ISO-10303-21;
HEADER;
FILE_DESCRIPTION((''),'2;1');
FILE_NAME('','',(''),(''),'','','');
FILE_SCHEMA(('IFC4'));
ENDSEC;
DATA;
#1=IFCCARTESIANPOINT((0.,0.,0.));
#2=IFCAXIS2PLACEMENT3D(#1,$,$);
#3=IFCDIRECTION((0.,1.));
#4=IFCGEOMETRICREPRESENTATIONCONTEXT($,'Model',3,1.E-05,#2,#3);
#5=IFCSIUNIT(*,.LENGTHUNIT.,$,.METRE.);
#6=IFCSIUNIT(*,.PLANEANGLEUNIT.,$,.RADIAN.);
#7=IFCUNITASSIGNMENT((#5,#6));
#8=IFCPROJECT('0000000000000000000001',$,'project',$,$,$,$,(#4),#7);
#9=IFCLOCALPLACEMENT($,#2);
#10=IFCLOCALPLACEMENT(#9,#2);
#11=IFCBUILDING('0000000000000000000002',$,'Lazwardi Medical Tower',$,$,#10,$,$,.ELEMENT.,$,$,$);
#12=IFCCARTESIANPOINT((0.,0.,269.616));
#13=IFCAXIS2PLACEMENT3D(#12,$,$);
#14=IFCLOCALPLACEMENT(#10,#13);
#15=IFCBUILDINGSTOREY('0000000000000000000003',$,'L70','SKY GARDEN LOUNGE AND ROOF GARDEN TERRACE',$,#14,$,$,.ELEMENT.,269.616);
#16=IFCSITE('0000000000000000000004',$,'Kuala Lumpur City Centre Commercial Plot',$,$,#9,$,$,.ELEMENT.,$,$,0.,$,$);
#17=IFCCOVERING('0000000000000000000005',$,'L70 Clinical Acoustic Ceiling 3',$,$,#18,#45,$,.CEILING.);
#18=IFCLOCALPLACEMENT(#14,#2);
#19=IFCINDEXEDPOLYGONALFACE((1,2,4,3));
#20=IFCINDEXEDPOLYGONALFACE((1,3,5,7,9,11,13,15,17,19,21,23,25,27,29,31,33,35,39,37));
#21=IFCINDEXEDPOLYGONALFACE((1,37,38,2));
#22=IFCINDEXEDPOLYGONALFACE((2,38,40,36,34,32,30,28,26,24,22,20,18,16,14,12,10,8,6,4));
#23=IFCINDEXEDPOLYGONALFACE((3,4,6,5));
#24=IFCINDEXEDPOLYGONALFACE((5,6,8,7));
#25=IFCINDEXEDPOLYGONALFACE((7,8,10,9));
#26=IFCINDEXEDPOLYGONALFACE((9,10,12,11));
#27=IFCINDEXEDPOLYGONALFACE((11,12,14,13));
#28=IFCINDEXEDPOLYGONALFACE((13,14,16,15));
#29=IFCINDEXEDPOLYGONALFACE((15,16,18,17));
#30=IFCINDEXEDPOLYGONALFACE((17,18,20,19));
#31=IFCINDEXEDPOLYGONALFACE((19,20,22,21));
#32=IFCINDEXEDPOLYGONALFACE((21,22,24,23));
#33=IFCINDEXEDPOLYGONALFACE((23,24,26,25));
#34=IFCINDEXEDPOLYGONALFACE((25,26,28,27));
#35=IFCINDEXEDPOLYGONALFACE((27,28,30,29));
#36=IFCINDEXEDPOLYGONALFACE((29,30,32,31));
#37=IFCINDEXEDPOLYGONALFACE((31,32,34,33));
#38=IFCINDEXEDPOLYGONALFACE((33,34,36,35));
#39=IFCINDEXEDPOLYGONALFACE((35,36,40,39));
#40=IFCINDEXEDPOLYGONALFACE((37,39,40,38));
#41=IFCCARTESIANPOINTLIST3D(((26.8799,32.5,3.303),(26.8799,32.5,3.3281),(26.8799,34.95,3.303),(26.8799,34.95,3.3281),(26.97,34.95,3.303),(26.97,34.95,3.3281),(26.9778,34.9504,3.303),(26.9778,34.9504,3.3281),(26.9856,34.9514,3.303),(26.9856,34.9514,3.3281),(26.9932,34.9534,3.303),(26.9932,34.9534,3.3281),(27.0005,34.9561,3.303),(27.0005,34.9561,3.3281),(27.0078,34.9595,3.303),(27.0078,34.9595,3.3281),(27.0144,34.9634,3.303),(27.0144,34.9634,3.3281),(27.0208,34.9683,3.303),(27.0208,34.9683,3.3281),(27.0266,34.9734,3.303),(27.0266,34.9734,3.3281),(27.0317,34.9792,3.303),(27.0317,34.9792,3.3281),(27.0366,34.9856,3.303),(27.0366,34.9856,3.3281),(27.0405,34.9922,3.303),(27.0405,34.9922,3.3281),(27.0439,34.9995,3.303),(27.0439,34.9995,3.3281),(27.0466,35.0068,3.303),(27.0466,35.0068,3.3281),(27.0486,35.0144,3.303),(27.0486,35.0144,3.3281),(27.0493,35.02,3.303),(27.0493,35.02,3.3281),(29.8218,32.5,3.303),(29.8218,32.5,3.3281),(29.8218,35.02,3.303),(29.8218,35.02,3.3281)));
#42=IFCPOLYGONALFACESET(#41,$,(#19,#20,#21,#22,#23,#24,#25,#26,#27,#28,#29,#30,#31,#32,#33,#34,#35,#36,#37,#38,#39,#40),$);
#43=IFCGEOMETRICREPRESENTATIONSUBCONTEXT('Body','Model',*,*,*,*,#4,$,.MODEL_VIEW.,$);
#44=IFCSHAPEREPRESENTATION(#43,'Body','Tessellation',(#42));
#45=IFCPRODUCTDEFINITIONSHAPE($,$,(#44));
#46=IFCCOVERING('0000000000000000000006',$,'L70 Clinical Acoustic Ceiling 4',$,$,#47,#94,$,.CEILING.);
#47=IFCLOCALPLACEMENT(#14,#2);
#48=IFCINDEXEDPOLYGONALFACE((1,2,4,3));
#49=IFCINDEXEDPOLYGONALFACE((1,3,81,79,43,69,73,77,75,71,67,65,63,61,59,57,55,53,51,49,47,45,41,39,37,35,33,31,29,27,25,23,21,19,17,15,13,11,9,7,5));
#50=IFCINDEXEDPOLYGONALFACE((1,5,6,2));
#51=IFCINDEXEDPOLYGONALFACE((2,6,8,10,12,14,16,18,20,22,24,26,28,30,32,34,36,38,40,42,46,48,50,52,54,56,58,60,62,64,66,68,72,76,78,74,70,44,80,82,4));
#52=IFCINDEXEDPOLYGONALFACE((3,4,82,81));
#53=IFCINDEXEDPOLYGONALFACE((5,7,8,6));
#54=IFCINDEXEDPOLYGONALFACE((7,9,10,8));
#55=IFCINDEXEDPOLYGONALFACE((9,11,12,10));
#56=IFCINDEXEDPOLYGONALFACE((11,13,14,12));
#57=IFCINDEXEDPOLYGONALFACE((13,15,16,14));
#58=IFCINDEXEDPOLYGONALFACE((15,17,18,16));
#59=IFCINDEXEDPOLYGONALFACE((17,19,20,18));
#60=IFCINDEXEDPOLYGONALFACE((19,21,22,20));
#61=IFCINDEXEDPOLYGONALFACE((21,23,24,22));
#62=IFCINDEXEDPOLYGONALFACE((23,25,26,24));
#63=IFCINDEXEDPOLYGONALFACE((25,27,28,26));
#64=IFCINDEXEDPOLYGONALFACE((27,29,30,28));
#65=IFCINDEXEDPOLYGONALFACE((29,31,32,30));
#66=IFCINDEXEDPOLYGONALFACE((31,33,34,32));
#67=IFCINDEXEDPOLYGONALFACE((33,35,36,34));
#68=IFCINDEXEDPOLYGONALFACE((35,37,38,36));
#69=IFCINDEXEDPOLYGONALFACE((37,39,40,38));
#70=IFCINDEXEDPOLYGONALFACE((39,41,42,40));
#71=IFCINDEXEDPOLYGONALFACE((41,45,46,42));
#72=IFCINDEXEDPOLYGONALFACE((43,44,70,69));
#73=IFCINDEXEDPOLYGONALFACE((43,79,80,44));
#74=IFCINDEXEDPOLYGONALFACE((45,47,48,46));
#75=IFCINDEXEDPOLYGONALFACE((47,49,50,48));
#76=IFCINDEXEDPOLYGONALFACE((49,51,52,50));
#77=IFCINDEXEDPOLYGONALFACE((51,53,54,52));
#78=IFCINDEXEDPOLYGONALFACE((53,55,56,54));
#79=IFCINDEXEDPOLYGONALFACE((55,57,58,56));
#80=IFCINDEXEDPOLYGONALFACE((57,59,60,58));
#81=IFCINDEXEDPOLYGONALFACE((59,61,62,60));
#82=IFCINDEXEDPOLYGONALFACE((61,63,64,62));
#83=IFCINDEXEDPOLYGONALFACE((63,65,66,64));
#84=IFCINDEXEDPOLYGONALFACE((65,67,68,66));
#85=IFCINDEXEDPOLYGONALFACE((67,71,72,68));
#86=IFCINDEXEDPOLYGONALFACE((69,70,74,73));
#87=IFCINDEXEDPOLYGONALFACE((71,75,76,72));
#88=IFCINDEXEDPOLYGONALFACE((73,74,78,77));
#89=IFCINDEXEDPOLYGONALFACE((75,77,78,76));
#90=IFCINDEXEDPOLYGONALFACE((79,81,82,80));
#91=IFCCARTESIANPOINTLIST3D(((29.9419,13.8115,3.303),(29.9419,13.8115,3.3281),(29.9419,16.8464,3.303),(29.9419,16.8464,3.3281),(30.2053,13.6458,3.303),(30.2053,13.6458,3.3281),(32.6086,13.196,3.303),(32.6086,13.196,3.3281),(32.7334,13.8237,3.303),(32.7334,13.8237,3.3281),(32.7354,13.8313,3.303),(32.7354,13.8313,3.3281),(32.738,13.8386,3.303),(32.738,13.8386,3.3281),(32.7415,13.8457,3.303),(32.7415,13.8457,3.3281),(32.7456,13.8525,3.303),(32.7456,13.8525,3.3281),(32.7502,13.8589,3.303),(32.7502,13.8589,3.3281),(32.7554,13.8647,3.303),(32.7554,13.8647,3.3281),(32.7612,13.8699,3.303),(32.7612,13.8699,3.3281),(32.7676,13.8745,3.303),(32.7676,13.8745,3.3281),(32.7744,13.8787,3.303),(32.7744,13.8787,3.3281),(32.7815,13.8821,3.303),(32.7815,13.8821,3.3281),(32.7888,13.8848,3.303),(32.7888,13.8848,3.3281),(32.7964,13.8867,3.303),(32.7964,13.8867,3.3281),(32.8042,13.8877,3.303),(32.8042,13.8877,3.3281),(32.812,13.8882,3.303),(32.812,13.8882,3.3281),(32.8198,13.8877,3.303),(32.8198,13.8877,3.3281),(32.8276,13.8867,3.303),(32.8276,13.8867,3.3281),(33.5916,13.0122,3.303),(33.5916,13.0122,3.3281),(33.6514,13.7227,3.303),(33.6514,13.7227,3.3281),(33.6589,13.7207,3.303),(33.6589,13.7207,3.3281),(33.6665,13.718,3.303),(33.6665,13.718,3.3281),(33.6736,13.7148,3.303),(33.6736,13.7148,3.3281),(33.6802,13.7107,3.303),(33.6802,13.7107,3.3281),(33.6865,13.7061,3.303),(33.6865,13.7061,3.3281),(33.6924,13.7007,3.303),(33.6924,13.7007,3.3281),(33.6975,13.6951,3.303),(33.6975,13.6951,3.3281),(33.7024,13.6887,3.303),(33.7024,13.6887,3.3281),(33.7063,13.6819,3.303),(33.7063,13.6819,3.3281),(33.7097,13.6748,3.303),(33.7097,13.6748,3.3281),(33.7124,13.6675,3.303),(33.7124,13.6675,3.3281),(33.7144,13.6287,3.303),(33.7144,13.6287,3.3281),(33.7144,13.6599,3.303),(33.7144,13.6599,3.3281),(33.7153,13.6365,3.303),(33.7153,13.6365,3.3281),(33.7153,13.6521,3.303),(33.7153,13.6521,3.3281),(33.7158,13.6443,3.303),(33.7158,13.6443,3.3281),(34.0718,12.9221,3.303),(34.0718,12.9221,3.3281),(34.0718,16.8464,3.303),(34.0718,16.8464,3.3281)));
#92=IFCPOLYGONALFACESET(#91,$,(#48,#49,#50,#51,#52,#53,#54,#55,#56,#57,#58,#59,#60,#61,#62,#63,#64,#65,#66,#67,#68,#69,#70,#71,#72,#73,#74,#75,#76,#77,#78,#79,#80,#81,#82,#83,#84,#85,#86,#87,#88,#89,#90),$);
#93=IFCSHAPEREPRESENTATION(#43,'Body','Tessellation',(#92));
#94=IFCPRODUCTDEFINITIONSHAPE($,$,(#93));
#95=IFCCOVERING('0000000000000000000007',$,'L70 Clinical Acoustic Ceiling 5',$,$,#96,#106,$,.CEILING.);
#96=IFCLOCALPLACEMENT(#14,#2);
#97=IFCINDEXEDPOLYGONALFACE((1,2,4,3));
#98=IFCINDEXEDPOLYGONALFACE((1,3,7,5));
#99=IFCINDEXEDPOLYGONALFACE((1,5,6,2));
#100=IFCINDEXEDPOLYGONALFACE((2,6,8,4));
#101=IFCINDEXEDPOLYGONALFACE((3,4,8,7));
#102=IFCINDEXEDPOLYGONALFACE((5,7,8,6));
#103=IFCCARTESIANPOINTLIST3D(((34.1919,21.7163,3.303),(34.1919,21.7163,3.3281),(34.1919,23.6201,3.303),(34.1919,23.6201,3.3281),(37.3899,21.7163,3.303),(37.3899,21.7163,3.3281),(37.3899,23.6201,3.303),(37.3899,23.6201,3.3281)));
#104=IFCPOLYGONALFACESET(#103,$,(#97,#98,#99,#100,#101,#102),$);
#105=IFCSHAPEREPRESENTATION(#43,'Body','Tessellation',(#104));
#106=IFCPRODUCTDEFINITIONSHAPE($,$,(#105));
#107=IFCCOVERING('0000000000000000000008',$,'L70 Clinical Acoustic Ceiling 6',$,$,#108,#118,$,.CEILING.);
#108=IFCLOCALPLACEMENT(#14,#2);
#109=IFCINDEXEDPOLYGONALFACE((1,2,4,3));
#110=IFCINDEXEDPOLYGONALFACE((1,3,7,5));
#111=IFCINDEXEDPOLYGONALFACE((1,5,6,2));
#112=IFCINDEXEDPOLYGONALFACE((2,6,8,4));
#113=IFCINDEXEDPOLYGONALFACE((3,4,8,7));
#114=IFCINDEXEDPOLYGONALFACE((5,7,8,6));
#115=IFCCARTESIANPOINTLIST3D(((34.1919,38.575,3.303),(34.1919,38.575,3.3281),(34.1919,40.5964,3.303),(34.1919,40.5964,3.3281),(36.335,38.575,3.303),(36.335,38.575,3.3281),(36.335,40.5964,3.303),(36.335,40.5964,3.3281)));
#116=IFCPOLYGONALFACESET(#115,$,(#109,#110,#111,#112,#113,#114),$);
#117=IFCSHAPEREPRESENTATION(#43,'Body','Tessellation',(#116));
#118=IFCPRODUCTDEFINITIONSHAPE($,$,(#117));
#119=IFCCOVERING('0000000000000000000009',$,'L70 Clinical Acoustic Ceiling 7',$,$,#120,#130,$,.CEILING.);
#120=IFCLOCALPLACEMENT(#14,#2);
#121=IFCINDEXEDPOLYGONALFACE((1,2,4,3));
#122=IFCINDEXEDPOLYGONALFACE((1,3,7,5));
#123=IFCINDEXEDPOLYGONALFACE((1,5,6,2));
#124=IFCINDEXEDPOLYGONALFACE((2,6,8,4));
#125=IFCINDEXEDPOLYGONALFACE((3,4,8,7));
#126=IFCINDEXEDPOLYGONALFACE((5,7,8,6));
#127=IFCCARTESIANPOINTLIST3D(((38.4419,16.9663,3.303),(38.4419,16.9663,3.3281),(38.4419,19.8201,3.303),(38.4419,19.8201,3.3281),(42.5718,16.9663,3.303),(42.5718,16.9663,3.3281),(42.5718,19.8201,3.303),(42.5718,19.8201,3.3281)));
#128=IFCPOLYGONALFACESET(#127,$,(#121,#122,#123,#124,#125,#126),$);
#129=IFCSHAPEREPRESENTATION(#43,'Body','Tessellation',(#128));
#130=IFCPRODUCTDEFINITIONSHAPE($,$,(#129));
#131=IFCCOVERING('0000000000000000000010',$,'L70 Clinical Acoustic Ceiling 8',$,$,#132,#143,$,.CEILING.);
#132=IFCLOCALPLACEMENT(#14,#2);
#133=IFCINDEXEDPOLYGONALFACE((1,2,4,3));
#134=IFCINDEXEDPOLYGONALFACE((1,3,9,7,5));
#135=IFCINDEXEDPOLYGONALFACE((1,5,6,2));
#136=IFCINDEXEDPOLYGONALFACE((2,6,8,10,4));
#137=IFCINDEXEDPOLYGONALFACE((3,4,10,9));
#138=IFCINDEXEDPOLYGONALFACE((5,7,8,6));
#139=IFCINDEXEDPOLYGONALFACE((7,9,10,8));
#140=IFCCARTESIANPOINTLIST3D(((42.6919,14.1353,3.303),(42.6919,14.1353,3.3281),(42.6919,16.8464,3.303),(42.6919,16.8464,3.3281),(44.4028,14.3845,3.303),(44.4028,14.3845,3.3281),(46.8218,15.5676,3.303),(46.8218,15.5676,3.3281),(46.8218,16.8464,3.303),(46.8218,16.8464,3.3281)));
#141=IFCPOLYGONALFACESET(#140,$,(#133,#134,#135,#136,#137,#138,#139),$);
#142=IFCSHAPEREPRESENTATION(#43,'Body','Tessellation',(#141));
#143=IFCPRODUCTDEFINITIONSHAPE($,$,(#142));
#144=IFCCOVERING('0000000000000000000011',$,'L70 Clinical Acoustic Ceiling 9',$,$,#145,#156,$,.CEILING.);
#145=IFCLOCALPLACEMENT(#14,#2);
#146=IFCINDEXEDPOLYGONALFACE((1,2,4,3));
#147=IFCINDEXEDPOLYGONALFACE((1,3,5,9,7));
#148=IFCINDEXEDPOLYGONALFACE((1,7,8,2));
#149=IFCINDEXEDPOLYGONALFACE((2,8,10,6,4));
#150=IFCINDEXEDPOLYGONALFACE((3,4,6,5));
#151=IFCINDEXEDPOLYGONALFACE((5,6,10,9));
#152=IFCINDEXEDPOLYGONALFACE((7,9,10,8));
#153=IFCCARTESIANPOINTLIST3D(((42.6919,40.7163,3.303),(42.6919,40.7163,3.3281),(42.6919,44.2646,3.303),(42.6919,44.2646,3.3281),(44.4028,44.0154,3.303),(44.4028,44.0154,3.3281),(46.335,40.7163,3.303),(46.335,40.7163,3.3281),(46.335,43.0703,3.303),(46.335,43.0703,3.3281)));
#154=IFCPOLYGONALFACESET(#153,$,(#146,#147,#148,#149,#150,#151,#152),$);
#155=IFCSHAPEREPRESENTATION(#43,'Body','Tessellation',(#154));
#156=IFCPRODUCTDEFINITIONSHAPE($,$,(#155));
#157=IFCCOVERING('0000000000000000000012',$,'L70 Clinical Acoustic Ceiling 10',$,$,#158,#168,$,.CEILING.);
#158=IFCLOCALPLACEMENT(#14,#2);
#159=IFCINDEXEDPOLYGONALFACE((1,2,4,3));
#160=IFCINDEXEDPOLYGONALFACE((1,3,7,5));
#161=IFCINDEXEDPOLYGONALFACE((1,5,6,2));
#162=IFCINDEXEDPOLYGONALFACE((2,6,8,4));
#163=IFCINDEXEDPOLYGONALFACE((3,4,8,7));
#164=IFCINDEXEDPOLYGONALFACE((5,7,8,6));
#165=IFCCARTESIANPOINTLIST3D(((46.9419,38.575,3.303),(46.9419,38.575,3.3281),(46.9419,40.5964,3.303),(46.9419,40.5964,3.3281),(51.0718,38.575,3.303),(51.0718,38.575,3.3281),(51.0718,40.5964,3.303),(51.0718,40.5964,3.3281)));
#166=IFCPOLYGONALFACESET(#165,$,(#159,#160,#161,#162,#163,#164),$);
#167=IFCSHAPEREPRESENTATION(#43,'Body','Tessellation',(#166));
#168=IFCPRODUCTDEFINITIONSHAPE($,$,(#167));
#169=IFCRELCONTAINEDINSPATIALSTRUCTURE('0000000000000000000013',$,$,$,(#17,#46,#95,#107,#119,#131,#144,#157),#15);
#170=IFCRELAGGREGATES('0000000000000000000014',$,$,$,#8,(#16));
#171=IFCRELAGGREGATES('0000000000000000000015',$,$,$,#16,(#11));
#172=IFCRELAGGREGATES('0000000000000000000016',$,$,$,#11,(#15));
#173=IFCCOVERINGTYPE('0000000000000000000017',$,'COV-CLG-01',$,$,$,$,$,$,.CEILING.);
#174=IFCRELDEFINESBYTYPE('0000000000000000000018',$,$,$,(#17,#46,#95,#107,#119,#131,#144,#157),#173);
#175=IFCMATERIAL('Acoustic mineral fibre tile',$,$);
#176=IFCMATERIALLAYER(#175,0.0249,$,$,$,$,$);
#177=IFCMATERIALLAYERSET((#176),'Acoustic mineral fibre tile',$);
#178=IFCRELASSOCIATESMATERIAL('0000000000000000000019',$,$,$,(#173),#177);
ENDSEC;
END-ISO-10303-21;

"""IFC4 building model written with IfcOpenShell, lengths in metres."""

from ifc_helpers import new_model, si_unit, direction, frame, origin, place, context, subcontext, project, spatial, polyline, outline, extrude, material, layer, layer_set, type_object, element, save


model = new_model("IFC4")

# Units and contexts
model_context = context("Model", 3, precision=1e-05, world=origin(), true_north=direction((0.0, 1.0)))
body_context = subcontext(model_context, "Body", "Model", "MODEL_VIEW")
ifc_project = project(units=[si_unit("LENGTHUNIT", "METRE"), si_unit("PLANEANGLEUNIT", "RADIAN")], contexts=[model_context])

# Site, building, storey
site_placement = place(None, origin())
site = spatial("IfcSite", under=ifc_project, at=site_placement, Name="Kuala Lumpur City Centre Commercial Plot", CompositionType="ELEMENT", RefElevation=0.0)
building_placement = place(site_placement, origin())
building = spatial("IfcBuilding", under=site, at=building_placement, Name="Lazwardi Medical Tower", CompositionType="ELEMENT")
storey_placement = place(building_placement, frame((0.0, 0.0, 269.616)))
storey = spatial("IfcBuildingStorey", under=building, at=storey_placement, Name="L70", Description="SKY GARDEN LOUNGE AND ROOF GARDEN TERRACE", CompositionType="ELEMENT", Elevation=269.616)

# Coverings
ifc_material_1 = material(Name="Acoustic mineral fibre tile")
ifc_layer_1 = layer(ifc_material_1, 0.0249)
ifc_layer_set_1 = layer_set([ifc_layer_1], Name="Acoustic mineral fibre tile")
covering_type_1 = type_object("IfcCoveringType", Name="COV-CLG-01", PredefinedType="CEILING", material=ifc_layer_set_1)
covering_1_placement = place(storey_placement, frame((0.0, 0.0, 3.303)))
element("IfcCovering", 1, at=covering_1_placement, inside=storey, type_object=covering_type_1, Name="L70 Clinical Acoustic Ceiling 3", PredefinedType="CEILING", context=body_context, shape_type="SweptSolid", body=[
    extrude(outline(polyline([(29.8218, 35.02), (27.0493, 35.02), (27.0486, 35.0144), (27.0466, 35.0068), (27.0439, 34.9995), (27.0405, 34.9922), (27.0366, 34.9856), (27.0317, 34.9792), (27.0266, 34.9734), (27.0208, 34.9683), (27.0144, 34.9634), (27.0078, 34.9595), (27.0005, 34.9561), (26.9932, 34.9534), (26.9856, 34.9514), (26.9778, 34.9504), (26.97, 34.95), (26.8799, 34.95), (26.8799, 32.5), (29.8218, 32.5), (29.8218, 35.02)])), origin(), (0.0, 0.0, 1.0), 0.0251),
])
covering_2_placement = place(storey_placement, frame((0.0, 0.0, 3.303)))
element("IfcCovering", 2, at=covering_2_placement, inside=storey, type_object=covering_type_1, Name="L70 Clinical Acoustic Ceiling 4", PredefinedType="CEILING", context=body_context, shape_type="SweptSolid", body=[
    extrude(outline(polyline([(29.9419, 13.8115), (30.2053, 13.6458), (32.6086, 13.196), (32.7334, 13.8237), (32.7354, 13.8313), (32.738, 13.8386), (32.7415, 13.8457), (32.7456, 13.8525), (32.7502, 13.8589), (32.7554, 13.8647), (32.7612, 13.8699), (32.7676, 13.8745), (32.7744, 13.8787), (32.7815, 13.8821), (32.7888, 13.8848), (32.7964, 13.8867), (32.8042, 13.8877), (32.812, 13.8882), (32.8198, 13.8877), (32.8276, 13.8867), (33.6514, 13.7227), (33.6589, 13.7207), (33.6665, 13.718), (33.6736, 13.7148), (33.6802, 13.7107), (33.6865, 13.7061), (33.6924, 13.7007), (33.6975, 13.6951), (33.7024, 13.6887), (33.7063, 13.6819), (33.7097, 13.6748), (33.7124, 13.6675), (33.7144, 13.6599), (33.7153, 13.6521), (33.7158, 13.6443), (33.7153, 13.6365), (33.7144, 13.6287), (33.5916, 13.0122), (34.0718, 12.9221), (34.0718, 16.8464), (29.9419, 16.8464), (29.9419, 13.8115)])), origin(), (0.0, 0.0, 1.0), 0.0251),
])
covering_3_placement = place(storey_placement, frame((0.0, 0.0, 3.303)))
element("IfcCovering", 3, at=covering_3_placement, inside=storey, type_object=covering_type_1, Name="L70 Clinical Acoustic Ceiling 5", PredefinedType="CEILING", context=body_context, shape_type="SweptSolid", body=[
    extrude(outline(polyline([(37.3899, 21.7163), (37.3899, 23.6201), (34.1919, 23.6201), (34.1919, 21.7163), (37.3899, 21.7163)])), origin(), (0.0, 0.0, 1.0), 0.0251),
])
covering_4_placement = place(storey_placement, frame((0.0, 0.0, 3.303)))
element("IfcCovering", 4, at=covering_4_placement, inside=storey, type_object=covering_type_1, Name="L70 Clinical Acoustic Ceiling 6", PredefinedType="CEILING", context=body_context, shape_type="SweptSolid", body=[
    extrude(outline(polyline([(34.1919, 38.575), (36.335, 38.575), (36.335, 40.5964), (34.1919, 40.5964), (34.1919, 38.575)])), origin(), (0.0, 0.0, 1.0), 0.0251),
])
covering_5_placement = place(storey_placement, frame((0.0, 0.0, 3.303)))
element("IfcCovering", 5, at=covering_5_placement, inside=storey, type_object=covering_type_1, Name="L70 Clinical Acoustic Ceiling 7", PredefinedType="CEILING", context=body_context, shape_type="SweptSolid", body=[
    extrude(outline(polyline([(42.5718, 19.8201), (38.4419, 19.8201), (38.4419, 16.9663), (42.5718, 16.9663), (42.5718, 19.8201)])), origin(), (0.0, 0.0, 1.0), 0.0251),
])
covering_6_placement = place(storey_placement, frame((0.0, 0.0, 3.303)))
element("IfcCovering", 6, at=covering_6_placement, inside=storey, type_object=covering_type_1, Name="L70 Clinical Acoustic Ceiling 8", PredefinedType="CEILING", context=body_context, shape_type="SweptSolid", body=[
    extrude(outline(polyline([(42.6919, 14.1353), (44.4028, 14.3845), (46.8218, 15.5676), (46.8218, 16.8464), (42.6919, 16.8464), (42.6919, 14.1353)])), origin(), (0.0, 0.0, 1.0), 0.0251),
])
covering_7_placement = place(storey_placement, frame((0.0, 0.0, 3.303)))
element("IfcCovering", 7, at=covering_7_placement, inside=storey, type_object=covering_type_1, Name="L70 Clinical Acoustic Ceiling 9", PredefinedType="CEILING", context=body_context, shape_type="SweptSolid", body=[
    extrude(outline(polyline([(46.335, 40.7163), (46.335, 43.0703), (44.4028, 44.0154), (42.6919, 44.2646), (42.6919, 40.7163), (46.335, 40.7163)])), origin(), (0.0, 0.0, 1.0), 0.0251),
])
covering_8_placement = place(storey_placement, frame((0.0, 0.0, 3.303)))
element("IfcCovering", 8, at=covering_8_placement, inside=storey, type_object=covering_type_1, Name="L70 Clinical Acoustic Ceiling 10", PredefinedType="CEILING", context=body_context, shape_type="SweptSolid", body=[
    extrude(outline(polyline([(46.9419, 38.575), (51.0718, 38.575), (51.0718, 40.5964), (46.9419, 40.5964), (46.9419, 38.575)])), origin(), (0.0, 0.0, 1.0), 0.0251),
])

save(model, "model.ifc")
